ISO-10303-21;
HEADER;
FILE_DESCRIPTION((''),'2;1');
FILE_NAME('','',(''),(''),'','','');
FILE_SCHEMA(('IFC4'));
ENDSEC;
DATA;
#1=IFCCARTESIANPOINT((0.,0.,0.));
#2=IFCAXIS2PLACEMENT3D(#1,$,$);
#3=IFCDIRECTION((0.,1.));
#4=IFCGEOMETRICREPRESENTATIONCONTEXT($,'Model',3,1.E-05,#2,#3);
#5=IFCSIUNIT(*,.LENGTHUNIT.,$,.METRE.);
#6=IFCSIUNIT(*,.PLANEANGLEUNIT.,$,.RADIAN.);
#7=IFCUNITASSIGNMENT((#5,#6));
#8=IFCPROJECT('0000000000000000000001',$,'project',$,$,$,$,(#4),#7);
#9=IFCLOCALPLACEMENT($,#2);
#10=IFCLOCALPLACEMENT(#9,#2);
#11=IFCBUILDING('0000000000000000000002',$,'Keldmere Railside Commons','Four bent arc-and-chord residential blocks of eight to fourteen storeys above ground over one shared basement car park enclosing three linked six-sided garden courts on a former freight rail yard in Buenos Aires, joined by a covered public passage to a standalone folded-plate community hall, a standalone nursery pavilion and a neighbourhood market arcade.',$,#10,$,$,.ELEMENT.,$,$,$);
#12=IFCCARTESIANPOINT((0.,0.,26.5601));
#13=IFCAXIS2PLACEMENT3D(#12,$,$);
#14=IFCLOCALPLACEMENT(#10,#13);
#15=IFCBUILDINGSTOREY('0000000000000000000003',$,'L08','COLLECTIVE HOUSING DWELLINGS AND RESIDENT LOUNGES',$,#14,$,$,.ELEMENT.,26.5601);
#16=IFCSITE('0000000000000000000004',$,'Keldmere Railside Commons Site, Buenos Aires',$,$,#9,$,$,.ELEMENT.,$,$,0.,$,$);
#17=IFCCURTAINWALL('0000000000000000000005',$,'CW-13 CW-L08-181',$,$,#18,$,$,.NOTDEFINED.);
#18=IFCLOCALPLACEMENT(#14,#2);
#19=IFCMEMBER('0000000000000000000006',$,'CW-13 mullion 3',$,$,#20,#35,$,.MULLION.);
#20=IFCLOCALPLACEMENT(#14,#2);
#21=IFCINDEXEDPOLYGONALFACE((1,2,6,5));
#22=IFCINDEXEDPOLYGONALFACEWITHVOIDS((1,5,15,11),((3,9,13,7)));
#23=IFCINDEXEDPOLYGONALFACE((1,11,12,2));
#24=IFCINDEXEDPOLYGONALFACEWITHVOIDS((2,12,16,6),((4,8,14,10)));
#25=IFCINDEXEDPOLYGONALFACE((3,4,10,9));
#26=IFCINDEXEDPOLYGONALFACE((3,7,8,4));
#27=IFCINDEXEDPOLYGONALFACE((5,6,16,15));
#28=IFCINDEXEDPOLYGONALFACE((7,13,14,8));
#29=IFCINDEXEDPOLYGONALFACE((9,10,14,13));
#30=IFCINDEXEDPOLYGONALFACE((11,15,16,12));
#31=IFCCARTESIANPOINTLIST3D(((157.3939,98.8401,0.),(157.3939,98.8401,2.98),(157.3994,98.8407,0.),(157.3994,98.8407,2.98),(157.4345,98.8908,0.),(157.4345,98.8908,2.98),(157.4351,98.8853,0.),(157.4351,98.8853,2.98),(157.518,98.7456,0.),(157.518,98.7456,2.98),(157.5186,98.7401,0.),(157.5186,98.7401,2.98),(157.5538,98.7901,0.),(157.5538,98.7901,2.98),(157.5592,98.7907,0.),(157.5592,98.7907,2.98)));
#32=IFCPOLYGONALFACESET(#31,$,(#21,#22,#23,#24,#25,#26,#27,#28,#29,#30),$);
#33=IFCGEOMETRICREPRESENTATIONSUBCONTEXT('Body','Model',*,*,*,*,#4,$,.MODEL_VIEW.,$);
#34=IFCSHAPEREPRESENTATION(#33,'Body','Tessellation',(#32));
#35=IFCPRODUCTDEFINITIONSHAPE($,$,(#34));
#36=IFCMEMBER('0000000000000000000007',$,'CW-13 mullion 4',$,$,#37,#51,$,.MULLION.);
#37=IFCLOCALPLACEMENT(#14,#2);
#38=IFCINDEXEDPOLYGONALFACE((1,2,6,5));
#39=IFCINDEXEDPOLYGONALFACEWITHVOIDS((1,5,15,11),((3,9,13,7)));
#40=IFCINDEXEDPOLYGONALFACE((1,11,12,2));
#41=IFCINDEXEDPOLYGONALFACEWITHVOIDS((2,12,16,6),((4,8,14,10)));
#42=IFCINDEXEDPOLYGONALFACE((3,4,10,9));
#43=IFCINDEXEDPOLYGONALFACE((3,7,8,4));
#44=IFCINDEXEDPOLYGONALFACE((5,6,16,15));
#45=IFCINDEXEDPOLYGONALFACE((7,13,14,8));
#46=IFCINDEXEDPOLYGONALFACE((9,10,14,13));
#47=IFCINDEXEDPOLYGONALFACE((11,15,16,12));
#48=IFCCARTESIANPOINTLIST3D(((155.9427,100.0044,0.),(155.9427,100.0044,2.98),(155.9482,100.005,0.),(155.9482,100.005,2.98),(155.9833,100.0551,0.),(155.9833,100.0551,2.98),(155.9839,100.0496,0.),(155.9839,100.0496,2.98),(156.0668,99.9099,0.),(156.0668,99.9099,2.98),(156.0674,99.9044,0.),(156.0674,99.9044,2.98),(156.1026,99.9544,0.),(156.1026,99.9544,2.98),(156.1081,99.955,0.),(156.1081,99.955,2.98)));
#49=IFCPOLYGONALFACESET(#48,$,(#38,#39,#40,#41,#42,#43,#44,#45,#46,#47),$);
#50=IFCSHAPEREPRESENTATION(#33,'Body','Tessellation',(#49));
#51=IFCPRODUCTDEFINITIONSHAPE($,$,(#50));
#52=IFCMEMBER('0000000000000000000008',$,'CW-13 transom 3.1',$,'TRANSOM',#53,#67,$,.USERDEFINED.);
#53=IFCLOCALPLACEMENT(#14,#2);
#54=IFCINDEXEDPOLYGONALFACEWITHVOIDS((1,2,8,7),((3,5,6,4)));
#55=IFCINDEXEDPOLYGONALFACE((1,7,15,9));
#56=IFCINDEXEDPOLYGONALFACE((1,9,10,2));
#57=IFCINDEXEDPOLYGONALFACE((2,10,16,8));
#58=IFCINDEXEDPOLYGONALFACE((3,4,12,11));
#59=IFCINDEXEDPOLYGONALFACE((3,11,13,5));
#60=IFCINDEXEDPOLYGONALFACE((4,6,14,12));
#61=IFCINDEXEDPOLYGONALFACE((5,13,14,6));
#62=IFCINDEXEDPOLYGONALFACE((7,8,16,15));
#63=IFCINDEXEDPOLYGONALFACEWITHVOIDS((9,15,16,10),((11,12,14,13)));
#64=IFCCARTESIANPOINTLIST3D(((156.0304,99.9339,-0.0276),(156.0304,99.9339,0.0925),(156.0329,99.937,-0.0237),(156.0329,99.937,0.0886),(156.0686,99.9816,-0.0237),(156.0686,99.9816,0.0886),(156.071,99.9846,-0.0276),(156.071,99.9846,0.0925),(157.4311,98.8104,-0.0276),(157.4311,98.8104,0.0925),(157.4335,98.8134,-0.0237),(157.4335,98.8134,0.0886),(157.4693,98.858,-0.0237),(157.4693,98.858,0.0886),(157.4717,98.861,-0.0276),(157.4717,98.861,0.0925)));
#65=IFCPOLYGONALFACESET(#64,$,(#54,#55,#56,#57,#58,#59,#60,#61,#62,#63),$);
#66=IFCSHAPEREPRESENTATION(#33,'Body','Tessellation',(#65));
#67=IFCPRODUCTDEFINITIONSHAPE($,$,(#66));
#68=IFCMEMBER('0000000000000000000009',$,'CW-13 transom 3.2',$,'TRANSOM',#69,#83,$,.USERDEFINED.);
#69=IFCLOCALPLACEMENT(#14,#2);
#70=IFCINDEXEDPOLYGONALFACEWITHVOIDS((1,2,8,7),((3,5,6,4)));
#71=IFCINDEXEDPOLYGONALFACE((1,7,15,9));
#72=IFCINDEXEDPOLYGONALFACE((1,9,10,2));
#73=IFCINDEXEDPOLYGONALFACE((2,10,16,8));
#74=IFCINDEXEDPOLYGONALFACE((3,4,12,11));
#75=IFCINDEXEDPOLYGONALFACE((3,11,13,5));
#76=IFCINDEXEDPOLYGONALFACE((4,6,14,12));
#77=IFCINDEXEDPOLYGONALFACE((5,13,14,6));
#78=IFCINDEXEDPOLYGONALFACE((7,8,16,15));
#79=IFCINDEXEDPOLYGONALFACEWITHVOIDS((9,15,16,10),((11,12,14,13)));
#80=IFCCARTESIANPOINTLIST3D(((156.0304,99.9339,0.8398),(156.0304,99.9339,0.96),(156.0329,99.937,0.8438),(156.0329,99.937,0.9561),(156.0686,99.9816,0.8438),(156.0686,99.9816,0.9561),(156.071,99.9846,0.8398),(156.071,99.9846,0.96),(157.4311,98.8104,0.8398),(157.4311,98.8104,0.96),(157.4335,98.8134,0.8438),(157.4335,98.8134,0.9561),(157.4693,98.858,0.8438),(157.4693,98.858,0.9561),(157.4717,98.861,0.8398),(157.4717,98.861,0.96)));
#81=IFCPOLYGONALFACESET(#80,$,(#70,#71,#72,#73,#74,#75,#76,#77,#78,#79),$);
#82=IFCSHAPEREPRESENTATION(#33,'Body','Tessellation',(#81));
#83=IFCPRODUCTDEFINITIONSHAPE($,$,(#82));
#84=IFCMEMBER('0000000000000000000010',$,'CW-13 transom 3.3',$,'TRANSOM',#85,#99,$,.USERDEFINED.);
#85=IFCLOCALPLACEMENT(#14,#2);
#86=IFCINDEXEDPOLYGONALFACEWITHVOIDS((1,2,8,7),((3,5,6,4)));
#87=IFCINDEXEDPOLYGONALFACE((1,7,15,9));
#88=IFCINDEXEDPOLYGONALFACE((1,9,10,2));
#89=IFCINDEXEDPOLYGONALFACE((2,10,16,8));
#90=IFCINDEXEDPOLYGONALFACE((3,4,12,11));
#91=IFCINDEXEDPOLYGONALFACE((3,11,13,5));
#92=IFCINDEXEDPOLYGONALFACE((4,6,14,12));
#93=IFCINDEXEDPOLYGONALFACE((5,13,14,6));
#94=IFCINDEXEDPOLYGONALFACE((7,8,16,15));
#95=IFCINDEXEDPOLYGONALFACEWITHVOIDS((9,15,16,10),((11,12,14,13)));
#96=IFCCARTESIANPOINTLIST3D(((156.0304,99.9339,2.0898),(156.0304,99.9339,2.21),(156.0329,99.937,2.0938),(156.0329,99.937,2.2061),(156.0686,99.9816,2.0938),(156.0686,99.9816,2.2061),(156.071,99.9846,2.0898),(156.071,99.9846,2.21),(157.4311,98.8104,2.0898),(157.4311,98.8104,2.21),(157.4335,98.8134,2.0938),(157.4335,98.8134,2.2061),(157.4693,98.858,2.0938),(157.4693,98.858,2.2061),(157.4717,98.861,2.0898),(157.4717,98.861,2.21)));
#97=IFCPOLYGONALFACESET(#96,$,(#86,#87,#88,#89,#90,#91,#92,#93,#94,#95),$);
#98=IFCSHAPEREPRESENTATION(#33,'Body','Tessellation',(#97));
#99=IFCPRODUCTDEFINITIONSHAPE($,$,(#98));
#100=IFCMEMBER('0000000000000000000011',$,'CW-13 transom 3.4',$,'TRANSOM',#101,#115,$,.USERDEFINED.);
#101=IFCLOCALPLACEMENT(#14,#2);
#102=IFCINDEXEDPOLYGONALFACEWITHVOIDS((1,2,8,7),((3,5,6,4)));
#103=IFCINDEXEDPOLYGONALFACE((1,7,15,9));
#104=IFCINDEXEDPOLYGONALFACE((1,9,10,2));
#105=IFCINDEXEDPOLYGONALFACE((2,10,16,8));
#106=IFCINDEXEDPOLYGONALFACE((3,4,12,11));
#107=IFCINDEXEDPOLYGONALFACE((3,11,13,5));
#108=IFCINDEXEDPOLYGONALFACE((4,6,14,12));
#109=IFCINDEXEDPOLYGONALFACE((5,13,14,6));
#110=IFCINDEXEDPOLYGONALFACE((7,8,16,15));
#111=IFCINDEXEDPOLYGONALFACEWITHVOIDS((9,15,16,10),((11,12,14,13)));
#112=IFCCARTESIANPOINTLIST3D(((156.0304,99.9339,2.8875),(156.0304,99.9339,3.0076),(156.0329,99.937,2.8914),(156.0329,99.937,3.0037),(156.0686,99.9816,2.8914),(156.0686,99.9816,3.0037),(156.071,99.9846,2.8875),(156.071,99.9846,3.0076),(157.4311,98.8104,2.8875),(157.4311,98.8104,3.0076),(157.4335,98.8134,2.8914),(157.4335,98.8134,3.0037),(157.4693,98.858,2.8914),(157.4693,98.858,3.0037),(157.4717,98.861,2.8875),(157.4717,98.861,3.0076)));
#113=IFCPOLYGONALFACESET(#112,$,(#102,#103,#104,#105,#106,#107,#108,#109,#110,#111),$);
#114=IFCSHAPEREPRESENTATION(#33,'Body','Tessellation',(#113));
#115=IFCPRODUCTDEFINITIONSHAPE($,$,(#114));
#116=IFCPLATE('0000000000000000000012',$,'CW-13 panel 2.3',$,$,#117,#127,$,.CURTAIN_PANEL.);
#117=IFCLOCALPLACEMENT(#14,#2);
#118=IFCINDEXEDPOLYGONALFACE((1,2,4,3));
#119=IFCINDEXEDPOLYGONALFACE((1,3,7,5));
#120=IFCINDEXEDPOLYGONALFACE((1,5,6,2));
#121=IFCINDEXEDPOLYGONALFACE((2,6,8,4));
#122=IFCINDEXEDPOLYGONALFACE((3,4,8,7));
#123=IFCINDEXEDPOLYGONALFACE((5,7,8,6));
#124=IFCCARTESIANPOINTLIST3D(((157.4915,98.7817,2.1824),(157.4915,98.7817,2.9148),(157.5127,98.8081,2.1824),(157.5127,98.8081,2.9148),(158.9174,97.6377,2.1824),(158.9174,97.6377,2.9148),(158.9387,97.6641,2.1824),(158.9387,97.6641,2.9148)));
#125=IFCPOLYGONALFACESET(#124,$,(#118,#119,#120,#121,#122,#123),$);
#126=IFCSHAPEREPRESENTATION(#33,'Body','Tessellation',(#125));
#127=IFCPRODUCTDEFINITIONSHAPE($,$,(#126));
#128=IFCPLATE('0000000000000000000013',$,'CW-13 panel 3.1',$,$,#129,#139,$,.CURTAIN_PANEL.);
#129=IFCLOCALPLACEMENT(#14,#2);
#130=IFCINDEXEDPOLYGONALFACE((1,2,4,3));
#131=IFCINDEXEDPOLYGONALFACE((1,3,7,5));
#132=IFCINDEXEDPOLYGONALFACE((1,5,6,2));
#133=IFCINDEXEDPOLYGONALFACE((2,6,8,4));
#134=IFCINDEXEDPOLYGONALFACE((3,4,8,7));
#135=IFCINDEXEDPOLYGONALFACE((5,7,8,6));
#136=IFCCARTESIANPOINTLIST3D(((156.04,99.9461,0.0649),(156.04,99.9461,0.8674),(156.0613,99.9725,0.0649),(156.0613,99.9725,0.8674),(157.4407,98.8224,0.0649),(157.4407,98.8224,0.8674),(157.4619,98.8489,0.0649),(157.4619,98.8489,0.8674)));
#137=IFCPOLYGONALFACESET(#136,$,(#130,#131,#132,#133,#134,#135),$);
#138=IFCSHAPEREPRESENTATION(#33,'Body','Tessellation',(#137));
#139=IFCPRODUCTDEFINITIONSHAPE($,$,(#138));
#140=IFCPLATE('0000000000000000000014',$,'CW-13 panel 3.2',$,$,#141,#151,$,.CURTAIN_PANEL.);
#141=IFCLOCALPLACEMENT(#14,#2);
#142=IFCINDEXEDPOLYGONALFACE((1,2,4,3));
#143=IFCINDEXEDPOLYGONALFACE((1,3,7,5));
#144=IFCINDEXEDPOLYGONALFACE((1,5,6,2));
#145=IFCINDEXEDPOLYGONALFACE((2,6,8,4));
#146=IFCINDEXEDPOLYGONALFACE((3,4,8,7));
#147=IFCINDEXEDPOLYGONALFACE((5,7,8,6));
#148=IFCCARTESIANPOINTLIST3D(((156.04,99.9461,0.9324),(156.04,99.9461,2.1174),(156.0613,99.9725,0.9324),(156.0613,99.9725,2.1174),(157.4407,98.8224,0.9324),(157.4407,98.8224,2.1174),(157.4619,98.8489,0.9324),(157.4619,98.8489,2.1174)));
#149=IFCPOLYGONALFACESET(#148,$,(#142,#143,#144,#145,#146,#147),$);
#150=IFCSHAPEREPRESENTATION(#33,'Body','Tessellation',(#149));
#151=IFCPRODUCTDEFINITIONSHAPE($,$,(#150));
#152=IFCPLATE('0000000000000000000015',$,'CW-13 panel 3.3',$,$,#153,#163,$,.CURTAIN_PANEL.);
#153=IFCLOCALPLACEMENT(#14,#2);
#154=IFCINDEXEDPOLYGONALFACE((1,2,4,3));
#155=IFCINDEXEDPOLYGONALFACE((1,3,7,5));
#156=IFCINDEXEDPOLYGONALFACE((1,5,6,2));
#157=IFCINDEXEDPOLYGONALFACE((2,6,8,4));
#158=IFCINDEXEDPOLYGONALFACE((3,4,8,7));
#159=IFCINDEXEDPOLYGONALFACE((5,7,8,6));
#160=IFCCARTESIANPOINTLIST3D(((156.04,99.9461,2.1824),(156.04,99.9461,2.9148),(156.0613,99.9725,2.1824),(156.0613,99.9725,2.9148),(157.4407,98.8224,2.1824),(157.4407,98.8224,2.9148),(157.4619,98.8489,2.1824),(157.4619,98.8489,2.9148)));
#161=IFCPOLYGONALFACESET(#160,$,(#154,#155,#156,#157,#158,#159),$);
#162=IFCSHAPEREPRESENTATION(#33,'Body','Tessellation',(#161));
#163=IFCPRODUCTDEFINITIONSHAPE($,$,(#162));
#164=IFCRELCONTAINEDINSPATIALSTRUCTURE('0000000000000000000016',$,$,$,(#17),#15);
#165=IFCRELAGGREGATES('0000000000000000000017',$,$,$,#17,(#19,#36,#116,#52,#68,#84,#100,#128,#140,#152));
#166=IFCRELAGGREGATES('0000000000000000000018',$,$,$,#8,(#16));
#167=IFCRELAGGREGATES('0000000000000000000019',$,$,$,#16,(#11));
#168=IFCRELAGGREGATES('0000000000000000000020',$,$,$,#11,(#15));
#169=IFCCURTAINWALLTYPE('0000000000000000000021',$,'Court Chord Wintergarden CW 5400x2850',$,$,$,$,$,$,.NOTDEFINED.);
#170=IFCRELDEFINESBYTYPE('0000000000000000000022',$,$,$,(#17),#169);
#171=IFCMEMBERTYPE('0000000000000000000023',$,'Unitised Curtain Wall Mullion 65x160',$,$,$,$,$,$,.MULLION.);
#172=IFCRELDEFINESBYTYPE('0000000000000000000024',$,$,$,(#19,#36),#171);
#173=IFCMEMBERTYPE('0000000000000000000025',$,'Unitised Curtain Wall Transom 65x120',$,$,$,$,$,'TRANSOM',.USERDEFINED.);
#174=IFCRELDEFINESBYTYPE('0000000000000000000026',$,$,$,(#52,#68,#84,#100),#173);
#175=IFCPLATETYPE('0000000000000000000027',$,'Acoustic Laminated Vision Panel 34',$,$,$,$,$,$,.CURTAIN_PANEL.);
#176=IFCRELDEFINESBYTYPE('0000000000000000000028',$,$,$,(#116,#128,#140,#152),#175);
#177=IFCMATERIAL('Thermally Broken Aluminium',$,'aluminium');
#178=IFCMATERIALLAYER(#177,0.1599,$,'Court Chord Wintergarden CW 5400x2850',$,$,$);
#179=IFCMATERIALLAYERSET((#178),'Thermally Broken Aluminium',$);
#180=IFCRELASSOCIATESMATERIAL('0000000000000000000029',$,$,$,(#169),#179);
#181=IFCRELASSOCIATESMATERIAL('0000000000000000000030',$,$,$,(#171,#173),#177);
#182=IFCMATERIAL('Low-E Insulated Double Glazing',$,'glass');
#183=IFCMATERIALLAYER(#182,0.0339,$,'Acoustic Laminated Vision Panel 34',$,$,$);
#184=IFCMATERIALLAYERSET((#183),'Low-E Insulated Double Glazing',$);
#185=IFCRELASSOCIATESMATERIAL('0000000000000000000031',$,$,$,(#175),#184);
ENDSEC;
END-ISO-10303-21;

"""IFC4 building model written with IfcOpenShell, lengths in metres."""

from ifc_helpers import new_model, si_unit, direction, frame, origin, origin_2d, place, context, subcontext, project, spatial, rectangle, hollow_rectangle, extrude, material, layer, layer_set, material_profile, profile_set, type_object, element, aggregate, save


model = new_model("IFC4")

# Units and contexts
model_context = context("Model", 3, precision=1e-05, world=origin(), true_north=direction((0.0, 1.0)))
body_context = subcontext(model_context, "Body", "Model", "MODEL_VIEW")
ifc_project = project(units=[si_unit("LENGTHUNIT", "METRE"), si_unit("PLANEANGLEUNIT", "RADIAN")], contexts=[model_context])

# Site, building, storey
site_placement = place(None, origin())
site = spatial("IfcSite", under=ifc_project, at=site_placement, Name="Keldmere Railside Commons Site, Buenos Aires", CompositionType="ELEMENT", RefElevation=0.0)
building_placement = place(site_placement, origin())
building = spatial("IfcBuilding", under=site, at=building_placement, Name="Keldmere Railside Commons", Description="Four bent arc-and-chord residential blocks of eight to fourteen storeys above ground over one shared basement car park enclosing three linked six-sided garden courts on a former freight rail yard in Buenos Aires, joined by a covered public passage to a standalone folded-plate community hall, a standalone nursery pavilion and a neighbourhood market arcade.", CompositionType="ELEMENT")
storey_placement = place(building_placement, frame((0.0, 0.0, 26.5601)))
storey = spatial("IfcBuildingStorey", under=building, at=storey_placement, Name="L08", Description="COLLECTIVE HOUSING DWELLINGS AND RESIDENT LOUNGES", CompositionType="ELEMENT", Elevation=26.5601)

# Curtain wall, members, plates
ifc_material_1 = material(Name="Thermally Broken Aluminium", Category="aluminium")
ifc_layer_1 = layer(ifc_material_1, 0.1599, Name="Court Chord Wintergarden CW 5400x2850")
ifc_layer_set_1 = layer_set([ifc_layer_1], Name="Thermally Broken Aluminium")
curtain_wall_type = type_object("IfcCurtainWallType", Name="Court Chord Wintergarden CW 5400x2850", PredefinedType="NOTDEFINED", material=ifc_layer_set_1)
curtain_wall_placement = place(storey_placement, origin())
curtain_wall = element("IfcCurtainWall", 1, at=curtain_wall_placement, inside=storey, type_object=curtain_wall_type, Name="CW-13 CW-L08-181", PredefinedType="NOTDEFINED")
ifc_material_profile_1 = material_profile(ifc_material_1, hollow_rectangle(XDim=0.0649, YDim=0.1599, WallThickness=0.0039, at=origin_2d()), Name="ALU-MULL-65x160")
ifc_profile_set_1 = profile_set([ifc_material_profile_1], Name="Thermally Broken Aluminium")
member_type_1 = type_object("IfcMemberType", Name="Unitised Curtain Wall Mullion 65x160", PredefinedType="MULLION", material=ifc_profile_set_1)
member_1_placement = place(storey_placement, frame((157.4766, 98.8154, 0.0), z_axis=(0.0, 0.0, 1.0), x_axis=(-0.625768, -0.780009, 0.0)))
member_1 = element("IfcMember", 2, at=member_1_placement, type_object=member_type_1, Name="CW-13 mullion 3", PredefinedType="MULLION", context=body_context, shape_type="SweptSolid", body=[
    extrude(hollow_rectangle(XDim=0.0649, YDim=0.1599, WallThickness=0.0039, at=origin_2d()), origin(), (0.0, 0.0, 1.0), 2.98),
])
member_2_placement = place(storey_placement, frame((156.0254, 99.9797, 0.0), z_axis=(0.0, 0.0, 1.0), x_axis=(-0.625768, -0.780009, 0.0)))
member_2 = element("IfcMember", 3, at=member_2_placement, type_object=member_type_1, Name="CW-13 mullion 4", PredefinedType="MULLION", context=body_context, shape_type="SweptSolid", body=[
    extrude(hollow_rectangle(XDim=0.0649, YDim=0.1599, WallThickness=0.0039, at=origin_2d()), origin(), (0.0, 0.0, 1.0), 2.98),
])
ifc_material_profile_2 = material_profile(ifc_material_1, hollow_rectangle(XDim=0.0649, YDim=0.1201, WallThickness=0.0039, at=origin_2d()), Name="ALU-TRAN-65x120")
ifc_profile_set_2 = profile_set([ifc_material_profile_2], Name="Thermally Broken Aluminium")
member_type_2 = type_object("IfcMemberType", Name="Unitised Curtain Wall Transom 65x120", ElementType="TRANSOM", PredefinedType="USERDEFINED", material=ifc_profile_set_2)
member_3_placement = place(storey_placement, frame((157.4514, 98.8357, 0.0325), z_axis=(-0.780046, 0.625723, 0.0), x_axis=(-0.625723, -0.780046, 0.0)))
member_3 = element("IfcMember", 4, at=member_3_placement, type_object=member_type_2, Name="CW-13 transom 3.1", ObjectType="TRANSOM", PredefinedType="USERDEFINED", context=body_context, shape_type="SweptSolid", body=[
    extrude(hollow_rectangle(XDim=0.0649, YDim=0.1201, WallThickness=0.0039, at=origin_2d()), origin(), (0.0, 0.0, 1.0), 1.7957),
])
member_4_placement = place(storey_placement, frame((157.4514, 98.8357, 0.8999), z_axis=(-0.780046, 0.625723, 0.0), x_axis=(-0.625723, -0.780046, 0.0)))
member_4 = element("IfcMember", 5, at=member_4_placement, type_object=member_type_2, Name="CW-13 transom 3.2", ObjectType="TRANSOM", PredefinedType="USERDEFINED", context=body_context, shape_type="SweptSolid", body=[
    extrude(hollow_rectangle(XDim=0.0649, YDim=0.1201, WallThickness=0.0039, at=origin_2d()), origin(), (0.0, 0.0, 1.0), 1.7957),
])
member_5_placement = place(storey_placement, frame((157.4514, 98.8357, 2.1499), z_axis=(-0.780046, 0.625723, 0.0), x_axis=(-0.625723, -0.780046, 0.0)))
member_5 = element("IfcMember", 6, at=member_5_placement, type_object=member_type_2, Name="CW-13 transom 3.3", ObjectType="TRANSOM", PredefinedType="USERDEFINED", context=body_context, shape_type="SweptSolid", body=[
    extrude(hollow_rectangle(XDim=0.0649, YDim=0.1201, WallThickness=0.0039, at=origin_2d()), origin(), (0.0, 0.0, 1.0), 1.7957),
])
member_6_placement = place(storey_placement, frame((157.4514, 98.8357, 2.9475), z_axis=(-0.780046, 0.625723, 0.0), x_axis=(-0.625723, -0.780046, 0.0)))
member_6 = element("IfcMember", 7, at=member_6_placement, type_object=member_type_2, Name="CW-13 transom 3.4", ObjectType="TRANSOM", PredefinedType="USERDEFINED", context=body_context, shape_type="SweptSolid", body=[
    extrude(hollow_rectangle(XDim=0.0649, YDim=0.1201, WallThickness=0.0039, at=origin_2d()), origin(), (0.0, 0.0, 1.0), 1.7957),
])
ifc_material_2 = material(Name="Low-E Insulated Double Glazing", Category="glass")
ifc_layer_2 = layer(ifc_material_2, 0.0339, Name="Acoustic Laminated Vision Panel 34")
ifc_layer_set_2 = layer_set([ifc_layer_2], Name="Low-E Insulated Double Glazing")
plate_type = type_object("IfcPlateType", Name="Acoustic Laminated Vision Panel 34", PredefinedType="CURTAIN_PANEL", material=ifc_layer_set_2)
plate_1_placement = place(storey_placement, frame((158.2151, 98.2229, 2.1824), z_axis=(0.0, 0.0, 1.0), x_axis=(-0.780009, 0.625768, 0.0)))
plate_1 = element("IfcPlate", 8, at=plate_1_placement, type_object=plate_type, Name="CW-13 panel 2.3", PredefinedType="CURTAIN_PANEL", context=body_context, shape_type="SweptSolid", body=[
    extrude(rectangle(XDim=1.8281, YDim=0.0339, at=origin_2d()), origin(), (0.0, 0.0, 1.0), 0.7324),
])
plate_2_placement = place(storey_placement, frame((156.751, 99.3975, 0.0649), z_axis=(0.0, 0.0, 1.0), x_axis=(-0.780009, 0.625768, 0.0)))
plate_2 = element("IfcPlate", 9, at=plate_2_placement, type_object=plate_type, Name="CW-13 panel 3.1", PredefinedType="CURTAIN_PANEL", context=body_context, shape_type="SweptSolid", body=[
    extrude(rectangle(XDim=1.7957, YDim=0.0339, at=origin_2d()), origin(), (0.0, 0.0, 1.0), 0.8025),
])
plate_3_placement = place(storey_placement, frame((156.751, 99.3975, 0.9324), z_axis=(0.0, 0.0, 1.0), x_axis=(-0.780009, 0.625768, 0.0)))
plate_3 = element("IfcPlate", 10, at=plate_3_placement, type_object=plate_type, Name="CW-13 panel 3.2", PredefinedType="CURTAIN_PANEL", context=body_context, shape_type="SweptSolid", body=[
    extrude(rectangle(XDim=1.7957, YDim=0.0339, at=origin_2d()), origin(), (0.0, 0.0, 1.0), 1.1851),
])
plate_4_placement = place(storey_placement, frame((156.751, 99.3975, 2.1824), z_axis=(0.0, 0.0, 1.0), x_axis=(-0.780009, 0.625768, 0.0)))
plate_4 = element("IfcPlate", 11, at=plate_4_placement, type_object=plate_type, Name="CW-13 panel 3.3", PredefinedType="CURTAIN_PANEL", context=body_context, shape_type="SweptSolid", body=[
    extrude(rectangle(XDim=1.7957, YDim=0.0339, at=origin_2d()), origin(), (0.0, 0.0, 1.0), 0.7324),
])
aggregate(curtain_wall, [member_1, member_2, plate_1, member_3, member_4, member_5, member_6, plate_2, plate_3, plate_4])

save(model, "model.ifc")
